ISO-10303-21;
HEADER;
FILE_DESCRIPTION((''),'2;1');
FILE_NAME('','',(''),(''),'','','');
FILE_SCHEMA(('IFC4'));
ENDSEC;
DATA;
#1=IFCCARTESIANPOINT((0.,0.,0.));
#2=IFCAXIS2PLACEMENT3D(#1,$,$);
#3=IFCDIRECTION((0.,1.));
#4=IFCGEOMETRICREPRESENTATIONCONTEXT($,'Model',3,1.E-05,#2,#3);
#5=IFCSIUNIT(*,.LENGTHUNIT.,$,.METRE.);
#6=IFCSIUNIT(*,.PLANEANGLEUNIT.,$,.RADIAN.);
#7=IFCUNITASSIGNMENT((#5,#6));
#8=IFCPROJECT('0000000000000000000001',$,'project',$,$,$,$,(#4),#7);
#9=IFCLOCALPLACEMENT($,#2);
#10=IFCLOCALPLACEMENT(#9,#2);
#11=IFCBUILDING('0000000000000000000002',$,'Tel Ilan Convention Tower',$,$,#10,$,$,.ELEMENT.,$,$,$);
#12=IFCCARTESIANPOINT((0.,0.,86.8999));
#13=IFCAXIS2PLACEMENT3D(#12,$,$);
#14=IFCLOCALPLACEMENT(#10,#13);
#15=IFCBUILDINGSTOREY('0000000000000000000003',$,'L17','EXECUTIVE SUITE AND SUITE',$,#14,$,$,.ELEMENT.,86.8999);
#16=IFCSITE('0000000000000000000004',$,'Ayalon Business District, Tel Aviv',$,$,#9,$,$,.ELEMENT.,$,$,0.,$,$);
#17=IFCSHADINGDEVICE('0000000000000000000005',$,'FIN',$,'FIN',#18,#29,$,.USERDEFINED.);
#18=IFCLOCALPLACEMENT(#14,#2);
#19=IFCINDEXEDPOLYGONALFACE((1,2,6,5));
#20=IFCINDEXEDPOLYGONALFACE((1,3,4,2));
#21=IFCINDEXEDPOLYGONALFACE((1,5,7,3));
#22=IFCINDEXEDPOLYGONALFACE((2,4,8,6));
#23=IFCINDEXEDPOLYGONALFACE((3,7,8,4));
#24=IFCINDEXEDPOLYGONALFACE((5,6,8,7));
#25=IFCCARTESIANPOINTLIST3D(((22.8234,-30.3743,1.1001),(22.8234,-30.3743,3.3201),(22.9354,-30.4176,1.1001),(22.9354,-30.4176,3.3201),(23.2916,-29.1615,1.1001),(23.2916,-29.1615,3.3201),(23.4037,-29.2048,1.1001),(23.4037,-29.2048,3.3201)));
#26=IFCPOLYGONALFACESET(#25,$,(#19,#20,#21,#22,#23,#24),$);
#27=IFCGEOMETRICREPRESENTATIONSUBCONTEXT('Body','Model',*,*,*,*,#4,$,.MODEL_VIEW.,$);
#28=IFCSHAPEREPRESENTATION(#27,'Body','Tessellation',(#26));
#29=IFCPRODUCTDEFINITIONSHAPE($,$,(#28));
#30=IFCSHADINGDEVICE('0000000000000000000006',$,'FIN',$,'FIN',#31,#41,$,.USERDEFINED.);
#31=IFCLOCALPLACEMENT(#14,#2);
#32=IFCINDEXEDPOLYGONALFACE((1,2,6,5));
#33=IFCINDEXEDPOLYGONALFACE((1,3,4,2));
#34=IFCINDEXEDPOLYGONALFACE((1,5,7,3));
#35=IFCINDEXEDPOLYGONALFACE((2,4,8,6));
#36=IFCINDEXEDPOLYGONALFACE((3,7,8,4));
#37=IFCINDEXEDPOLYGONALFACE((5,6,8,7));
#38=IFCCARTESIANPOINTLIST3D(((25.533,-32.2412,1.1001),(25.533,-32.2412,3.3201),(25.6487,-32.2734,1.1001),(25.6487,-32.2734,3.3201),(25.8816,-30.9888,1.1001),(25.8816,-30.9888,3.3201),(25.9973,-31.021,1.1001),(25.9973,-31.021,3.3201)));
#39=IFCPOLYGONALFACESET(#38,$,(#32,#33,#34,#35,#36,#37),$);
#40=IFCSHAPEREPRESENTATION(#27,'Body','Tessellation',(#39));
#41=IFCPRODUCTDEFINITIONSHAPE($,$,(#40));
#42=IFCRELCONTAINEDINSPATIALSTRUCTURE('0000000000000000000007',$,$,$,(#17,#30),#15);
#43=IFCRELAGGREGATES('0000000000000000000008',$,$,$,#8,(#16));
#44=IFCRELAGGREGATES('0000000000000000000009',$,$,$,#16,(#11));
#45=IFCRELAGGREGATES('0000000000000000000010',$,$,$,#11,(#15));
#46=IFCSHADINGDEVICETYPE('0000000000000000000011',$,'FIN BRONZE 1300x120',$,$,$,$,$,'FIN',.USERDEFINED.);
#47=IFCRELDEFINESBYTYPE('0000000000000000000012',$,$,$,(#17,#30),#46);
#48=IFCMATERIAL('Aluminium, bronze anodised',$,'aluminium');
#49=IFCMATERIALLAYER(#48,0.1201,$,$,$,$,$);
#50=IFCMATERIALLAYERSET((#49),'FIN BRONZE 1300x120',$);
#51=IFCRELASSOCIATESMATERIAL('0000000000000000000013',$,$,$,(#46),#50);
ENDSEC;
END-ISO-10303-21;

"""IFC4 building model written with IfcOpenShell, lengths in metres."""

from ifc_helpers import new_model, si_unit, direction, frame, origin, origin_2d, place, context, subcontext, project, spatial, rectangle, extrude, material, layer, layer_set, type_object, element, save


model = new_model("IFC4")

# Units and contexts
model_context = context("Model", 3, precision=1e-05, world=origin(), true_north=direction((0.0, 1.0)))
body_context = subcontext(model_context, "Body", "Model", "MODEL_VIEW")
ifc_project = project(units=[si_unit("LENGTHUNIT", "METRE"), si_unit("PLANEANGLEUNIT", "RADIAN")], contexts=[model_context])

# Site, building, storey
site_placement = place(None, origin())
site = spatial("IfcSite", under=ifc_project, at=site_placement, Name="Ayalon Business District, Tel Aviv", CompositionType="ELEMENT", RefElevation=0.0)
building_placement = place(site_placement, origin())
building = spatial("IfcBuilding", under=site, at=building_placement, Name="Tel Ilan Convention Tower", CompositionType="ELEMENT")
storey_placement = place(building_placement, frame((0.0, 0.0, 86.8999)))
storey = spatial("IfcBuildingStorey", under=building, at=storey_placement, Name="L17", Description="EXECUTIVE SUITE AND SUITE", CompositionType="ELEMENT", Elevation=86.8999)

# Shading devices
ifc_material_1 = material(Name="Aluminium, bronze anodised", Category="aluminium")
ifc_layer_1 = layer(ifc_material_1, 0.1201)
ifc_layer_set_1 = layer_set([ifc_layer_1], Name="FIN BRONZE 1300x120")
shading_device_type = type_object("IfcShadingDeviceType", Name="FIN BRONZE 1300x120", ElementType="FIN", PredefinedType="USERDEFINED", material=ifc_layer_set_1)
for number, where, z_axis, x_axis, name in (
    (1, (23.1135, -29.7896, 1.1001), (0.0, 0.0, 1.0), (-0.360178, -0.932884, 0.0), "FIN"),
    (2, (25.7651, -31.6311, 1.1001), (0.0, 0.0, 1.0), (-0.268173, -0.963371, 0.0), "FIN"),
):
    element("IfcShadingDevice", number, at=place(storey_placement, frame(where, z_axis=z_axis, x_axis=x_axis)), inside=storey, type_object=shading_device_type, Name=name, ObjectType="FIN", PredefinedType="USERDEFINED", context=body_context, shape_type="SweptSolid", body=[
        extrude(rectangle(XDim=1.3, YDim=0.1201, at=origin_2d()), origin(), (0.0, 0.0, 1.0), 2.22),
    ])

save(model, "model.ifc")
